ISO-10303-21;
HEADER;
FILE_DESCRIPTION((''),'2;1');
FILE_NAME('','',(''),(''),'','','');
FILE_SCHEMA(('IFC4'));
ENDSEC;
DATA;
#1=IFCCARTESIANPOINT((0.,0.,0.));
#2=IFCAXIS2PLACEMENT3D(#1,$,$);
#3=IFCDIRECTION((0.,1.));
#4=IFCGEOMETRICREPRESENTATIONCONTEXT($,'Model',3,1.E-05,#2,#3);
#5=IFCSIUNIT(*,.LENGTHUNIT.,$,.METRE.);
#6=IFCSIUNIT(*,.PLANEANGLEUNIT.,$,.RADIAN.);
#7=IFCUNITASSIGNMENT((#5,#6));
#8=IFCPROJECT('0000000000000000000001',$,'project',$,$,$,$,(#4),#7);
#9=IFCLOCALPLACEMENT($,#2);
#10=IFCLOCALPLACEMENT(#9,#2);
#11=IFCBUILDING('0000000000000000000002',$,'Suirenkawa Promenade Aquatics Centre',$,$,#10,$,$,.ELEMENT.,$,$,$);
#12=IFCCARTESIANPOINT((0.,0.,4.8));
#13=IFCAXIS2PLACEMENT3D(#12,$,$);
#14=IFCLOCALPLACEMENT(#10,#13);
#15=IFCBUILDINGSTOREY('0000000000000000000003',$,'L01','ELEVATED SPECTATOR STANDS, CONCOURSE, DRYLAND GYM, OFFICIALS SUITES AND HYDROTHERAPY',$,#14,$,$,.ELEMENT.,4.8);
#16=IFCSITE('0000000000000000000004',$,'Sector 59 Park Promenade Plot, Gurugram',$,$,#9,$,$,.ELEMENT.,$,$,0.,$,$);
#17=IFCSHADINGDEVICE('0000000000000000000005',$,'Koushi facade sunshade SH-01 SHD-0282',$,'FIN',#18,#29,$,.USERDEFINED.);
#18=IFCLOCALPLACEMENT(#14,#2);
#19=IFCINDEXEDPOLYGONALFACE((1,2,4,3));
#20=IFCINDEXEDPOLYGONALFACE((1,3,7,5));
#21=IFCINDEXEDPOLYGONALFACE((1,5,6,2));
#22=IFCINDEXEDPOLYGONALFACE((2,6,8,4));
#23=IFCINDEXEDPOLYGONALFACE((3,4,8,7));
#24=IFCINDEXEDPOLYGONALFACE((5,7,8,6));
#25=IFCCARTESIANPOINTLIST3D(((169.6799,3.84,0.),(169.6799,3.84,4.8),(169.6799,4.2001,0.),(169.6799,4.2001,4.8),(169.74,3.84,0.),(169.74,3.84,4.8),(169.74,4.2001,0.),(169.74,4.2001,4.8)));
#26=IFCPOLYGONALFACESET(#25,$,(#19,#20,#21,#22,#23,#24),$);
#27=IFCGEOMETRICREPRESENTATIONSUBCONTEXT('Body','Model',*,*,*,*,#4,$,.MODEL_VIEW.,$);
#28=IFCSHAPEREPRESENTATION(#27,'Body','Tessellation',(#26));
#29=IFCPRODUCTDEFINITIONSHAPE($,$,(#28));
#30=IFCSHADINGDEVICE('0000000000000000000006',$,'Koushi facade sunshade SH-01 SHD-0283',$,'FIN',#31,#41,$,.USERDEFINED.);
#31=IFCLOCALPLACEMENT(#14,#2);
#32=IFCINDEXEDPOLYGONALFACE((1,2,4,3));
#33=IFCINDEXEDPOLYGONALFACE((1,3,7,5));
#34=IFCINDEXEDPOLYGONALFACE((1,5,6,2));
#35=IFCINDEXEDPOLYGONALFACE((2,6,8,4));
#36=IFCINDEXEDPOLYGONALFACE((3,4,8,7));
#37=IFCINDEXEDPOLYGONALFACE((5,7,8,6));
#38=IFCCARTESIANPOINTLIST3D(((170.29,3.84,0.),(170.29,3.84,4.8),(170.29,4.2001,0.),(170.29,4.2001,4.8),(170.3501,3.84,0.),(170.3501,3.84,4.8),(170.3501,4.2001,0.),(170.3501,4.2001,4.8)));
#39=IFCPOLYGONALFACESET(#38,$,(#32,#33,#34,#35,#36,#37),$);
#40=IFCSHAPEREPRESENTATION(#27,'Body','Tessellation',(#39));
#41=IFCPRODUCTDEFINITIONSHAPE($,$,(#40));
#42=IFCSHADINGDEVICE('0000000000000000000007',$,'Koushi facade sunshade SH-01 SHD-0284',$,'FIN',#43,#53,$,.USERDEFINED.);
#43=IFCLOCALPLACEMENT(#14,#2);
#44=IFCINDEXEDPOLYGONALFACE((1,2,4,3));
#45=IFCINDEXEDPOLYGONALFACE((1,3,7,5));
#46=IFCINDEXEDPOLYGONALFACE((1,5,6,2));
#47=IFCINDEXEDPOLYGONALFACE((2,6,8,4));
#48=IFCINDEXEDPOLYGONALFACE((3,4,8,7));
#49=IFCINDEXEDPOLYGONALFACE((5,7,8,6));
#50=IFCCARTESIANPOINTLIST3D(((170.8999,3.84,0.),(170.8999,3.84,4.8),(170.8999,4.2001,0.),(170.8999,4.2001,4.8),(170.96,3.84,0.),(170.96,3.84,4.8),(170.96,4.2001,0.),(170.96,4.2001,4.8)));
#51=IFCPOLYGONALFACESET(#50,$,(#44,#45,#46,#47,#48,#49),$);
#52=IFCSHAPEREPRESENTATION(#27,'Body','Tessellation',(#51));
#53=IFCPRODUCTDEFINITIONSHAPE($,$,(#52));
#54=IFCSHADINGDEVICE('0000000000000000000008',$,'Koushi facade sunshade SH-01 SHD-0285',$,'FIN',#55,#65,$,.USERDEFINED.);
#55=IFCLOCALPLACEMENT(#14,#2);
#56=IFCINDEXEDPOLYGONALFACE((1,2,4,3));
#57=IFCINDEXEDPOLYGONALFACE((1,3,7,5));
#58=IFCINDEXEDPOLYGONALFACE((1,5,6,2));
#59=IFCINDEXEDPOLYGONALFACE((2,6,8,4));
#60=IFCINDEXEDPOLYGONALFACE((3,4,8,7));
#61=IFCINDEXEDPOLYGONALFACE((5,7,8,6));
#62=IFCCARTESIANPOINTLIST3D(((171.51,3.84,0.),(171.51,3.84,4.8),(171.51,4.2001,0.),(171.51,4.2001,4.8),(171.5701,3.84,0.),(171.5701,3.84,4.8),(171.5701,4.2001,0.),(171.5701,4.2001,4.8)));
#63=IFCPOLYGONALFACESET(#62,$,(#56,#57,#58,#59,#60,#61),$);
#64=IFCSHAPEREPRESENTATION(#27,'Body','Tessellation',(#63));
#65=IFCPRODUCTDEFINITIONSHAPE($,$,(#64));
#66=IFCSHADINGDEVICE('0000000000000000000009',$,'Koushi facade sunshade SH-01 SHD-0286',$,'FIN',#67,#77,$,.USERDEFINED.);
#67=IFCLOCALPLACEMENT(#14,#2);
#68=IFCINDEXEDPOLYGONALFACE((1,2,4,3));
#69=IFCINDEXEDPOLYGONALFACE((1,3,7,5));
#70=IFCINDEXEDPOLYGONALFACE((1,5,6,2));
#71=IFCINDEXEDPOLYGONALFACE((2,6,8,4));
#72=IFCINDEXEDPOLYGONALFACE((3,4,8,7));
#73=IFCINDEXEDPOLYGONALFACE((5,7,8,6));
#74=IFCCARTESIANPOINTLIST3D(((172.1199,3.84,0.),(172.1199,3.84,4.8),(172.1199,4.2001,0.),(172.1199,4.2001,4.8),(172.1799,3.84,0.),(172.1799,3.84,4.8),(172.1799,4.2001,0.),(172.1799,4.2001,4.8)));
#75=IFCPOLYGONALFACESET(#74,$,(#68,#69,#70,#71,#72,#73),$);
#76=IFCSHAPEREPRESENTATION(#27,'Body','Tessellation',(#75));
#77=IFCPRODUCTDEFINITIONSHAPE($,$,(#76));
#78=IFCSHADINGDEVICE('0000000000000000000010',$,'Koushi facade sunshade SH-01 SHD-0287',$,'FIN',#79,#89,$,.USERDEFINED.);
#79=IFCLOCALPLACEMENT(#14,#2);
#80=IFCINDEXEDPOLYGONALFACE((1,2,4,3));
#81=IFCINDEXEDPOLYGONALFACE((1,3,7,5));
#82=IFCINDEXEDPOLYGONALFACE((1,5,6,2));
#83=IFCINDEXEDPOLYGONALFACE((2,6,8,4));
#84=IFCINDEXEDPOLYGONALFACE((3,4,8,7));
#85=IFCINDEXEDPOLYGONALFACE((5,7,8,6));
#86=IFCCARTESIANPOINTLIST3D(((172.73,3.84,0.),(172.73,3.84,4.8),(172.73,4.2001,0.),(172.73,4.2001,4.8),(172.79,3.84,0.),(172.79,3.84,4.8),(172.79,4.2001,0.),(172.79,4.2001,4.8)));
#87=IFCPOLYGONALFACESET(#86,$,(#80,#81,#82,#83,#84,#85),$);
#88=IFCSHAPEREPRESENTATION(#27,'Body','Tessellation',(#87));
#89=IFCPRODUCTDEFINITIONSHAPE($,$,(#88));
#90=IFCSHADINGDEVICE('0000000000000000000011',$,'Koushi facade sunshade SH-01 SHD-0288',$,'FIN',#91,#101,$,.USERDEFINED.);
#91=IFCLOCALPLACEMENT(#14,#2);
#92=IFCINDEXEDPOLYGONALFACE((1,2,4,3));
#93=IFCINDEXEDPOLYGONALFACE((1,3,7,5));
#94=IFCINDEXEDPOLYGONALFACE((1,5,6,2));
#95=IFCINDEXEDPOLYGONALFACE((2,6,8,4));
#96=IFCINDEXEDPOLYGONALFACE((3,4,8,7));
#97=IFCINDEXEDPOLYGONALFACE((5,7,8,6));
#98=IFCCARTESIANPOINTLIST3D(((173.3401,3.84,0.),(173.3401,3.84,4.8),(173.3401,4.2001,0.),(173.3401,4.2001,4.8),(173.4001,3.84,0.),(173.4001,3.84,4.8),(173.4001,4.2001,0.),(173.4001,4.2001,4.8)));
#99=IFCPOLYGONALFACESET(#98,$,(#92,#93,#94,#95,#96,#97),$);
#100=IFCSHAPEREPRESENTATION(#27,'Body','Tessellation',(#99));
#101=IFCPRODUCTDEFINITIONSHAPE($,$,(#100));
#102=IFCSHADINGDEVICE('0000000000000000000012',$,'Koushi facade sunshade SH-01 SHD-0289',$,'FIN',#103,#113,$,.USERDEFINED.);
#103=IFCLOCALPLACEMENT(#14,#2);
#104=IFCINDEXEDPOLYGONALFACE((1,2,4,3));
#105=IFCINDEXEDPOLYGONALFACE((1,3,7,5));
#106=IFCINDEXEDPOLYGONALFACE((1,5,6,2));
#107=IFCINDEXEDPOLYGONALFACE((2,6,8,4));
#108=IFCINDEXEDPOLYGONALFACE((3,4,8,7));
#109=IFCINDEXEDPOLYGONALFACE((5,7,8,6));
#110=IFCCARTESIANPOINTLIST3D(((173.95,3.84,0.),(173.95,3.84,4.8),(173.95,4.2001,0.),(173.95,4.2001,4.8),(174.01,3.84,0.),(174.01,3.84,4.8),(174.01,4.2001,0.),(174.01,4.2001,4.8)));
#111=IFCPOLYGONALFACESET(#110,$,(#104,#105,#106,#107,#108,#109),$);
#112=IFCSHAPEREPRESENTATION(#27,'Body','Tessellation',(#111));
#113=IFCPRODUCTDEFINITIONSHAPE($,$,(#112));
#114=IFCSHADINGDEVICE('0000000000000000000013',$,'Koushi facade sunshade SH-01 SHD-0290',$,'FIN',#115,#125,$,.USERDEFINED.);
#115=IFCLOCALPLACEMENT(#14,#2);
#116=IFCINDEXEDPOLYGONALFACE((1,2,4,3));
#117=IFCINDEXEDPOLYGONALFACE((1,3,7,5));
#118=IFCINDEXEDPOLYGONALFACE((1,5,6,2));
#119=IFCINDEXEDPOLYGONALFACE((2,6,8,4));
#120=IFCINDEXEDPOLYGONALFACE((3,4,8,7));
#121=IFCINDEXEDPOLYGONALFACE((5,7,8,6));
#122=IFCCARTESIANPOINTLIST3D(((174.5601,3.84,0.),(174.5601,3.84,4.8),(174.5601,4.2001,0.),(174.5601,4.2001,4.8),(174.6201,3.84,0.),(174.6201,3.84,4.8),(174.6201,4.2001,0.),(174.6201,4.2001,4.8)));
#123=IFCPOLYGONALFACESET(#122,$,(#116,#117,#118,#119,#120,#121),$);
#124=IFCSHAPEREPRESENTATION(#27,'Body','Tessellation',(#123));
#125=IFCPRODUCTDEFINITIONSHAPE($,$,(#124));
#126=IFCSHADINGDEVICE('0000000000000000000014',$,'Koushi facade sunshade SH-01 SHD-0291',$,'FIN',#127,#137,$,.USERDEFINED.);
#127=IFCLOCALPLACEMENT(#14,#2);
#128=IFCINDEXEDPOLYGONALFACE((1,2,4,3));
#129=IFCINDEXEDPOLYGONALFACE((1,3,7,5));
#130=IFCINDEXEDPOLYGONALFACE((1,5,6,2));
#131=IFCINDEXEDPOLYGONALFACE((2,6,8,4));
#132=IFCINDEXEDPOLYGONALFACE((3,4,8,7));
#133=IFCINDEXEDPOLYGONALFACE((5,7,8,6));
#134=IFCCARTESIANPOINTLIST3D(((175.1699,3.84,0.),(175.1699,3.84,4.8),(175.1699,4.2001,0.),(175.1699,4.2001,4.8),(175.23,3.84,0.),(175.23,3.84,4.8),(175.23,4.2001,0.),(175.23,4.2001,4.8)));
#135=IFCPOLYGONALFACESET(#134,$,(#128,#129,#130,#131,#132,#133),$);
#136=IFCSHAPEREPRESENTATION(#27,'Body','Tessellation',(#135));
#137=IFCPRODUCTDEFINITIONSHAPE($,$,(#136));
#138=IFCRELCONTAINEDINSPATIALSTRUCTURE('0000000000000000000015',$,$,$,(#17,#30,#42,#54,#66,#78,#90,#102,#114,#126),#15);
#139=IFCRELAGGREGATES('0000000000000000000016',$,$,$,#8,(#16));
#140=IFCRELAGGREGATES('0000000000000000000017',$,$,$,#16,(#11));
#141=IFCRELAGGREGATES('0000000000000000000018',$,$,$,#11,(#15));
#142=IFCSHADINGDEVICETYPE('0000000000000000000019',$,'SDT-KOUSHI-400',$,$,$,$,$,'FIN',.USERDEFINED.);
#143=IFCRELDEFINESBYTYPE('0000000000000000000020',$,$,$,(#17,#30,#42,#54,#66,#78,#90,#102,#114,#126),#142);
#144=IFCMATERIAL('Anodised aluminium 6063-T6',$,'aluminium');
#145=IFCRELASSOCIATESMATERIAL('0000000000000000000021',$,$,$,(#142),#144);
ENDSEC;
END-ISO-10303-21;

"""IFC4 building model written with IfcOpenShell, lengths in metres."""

from ifc_helpers import new_model, si_unit, direction, frame, origin, origin_2d, place, context, subcontext, project, spatial, rectangle, extrude, material, type_object, element, save


model = new_model("IFC4")

# Units and contexts
model_context = context("Model", 3, precision=1e-05, world=origin(), true_north=direction((0.0, 1.0)))
body_context = subcontext(model_context, "Body", "Model", "MODEL_VIEW")
ifc_project = project(units=[si_unit("LENGTHUNIT", "METRE"), si_unit("PLANEANGLEUNIT", "RADIAN")], contexts=[model_context])

# Site, building, storey
site_placement = place(None, origin())
site = spatial("IfcSite", under=ifc_project, at=site_placement, Name="Sector 59 Park Promenade Plot, Gurugram", CompositionType="ELEMENT", RefElevation=0.0)
building_placement = place(site_placement, origin())
building = spatial("IfcBuilding", under=site, at=building_placement, Name="Suirenkawa Promenade Aquatics Centre", CompositionType="ELEMENT")
storey_placement = place(building_placement, frame((0.0, 0.0, 4.8)))
storey = spatial("IfcBuildingStorey", under=building, at=storey_placement, Name="L01", Description="ELEVATED SPECTATOR STANDS, CONCOURSE, DRYLAND GYM, OFFICIALS SUITES AND HYDROTHERAPY", CompositionType="ELEMENT", Elevation=4.8)

# Shading devices
ifc_material_1 = material(Name="Anodised aluminium 6063-T6", Category="aluminium")
shading_device_type = type_object("IfcShadingDeviceType", Name="SDT-KOUSHI-400", ElementType="FIN", PredefinedType="USERDEFINED", material=ifc_material_1)
for number, where, z_axis, x_axis, name in (
    (1, (169.71, 4.02, 0.0), (0.0, 0.0, 1.0), (1.0, 0.0, 0.0), "Koushi facade sunshade SH-01 SHD-0282"),
    (2, (170.3201, 4.02, 0.0), (0.0, 0.0, 1.0), (1.0, 0.0, 0.0), "Koushi facade sunshade SH-01 SHD-0283"),
    (3, (170.9299, 4.02, 0.0), (0.0, 0.0, 1.0), (1.0, 0.0, 0.0), "Koushi facade sunshade SH-01 SHD-0284"),
    (4, (171.54, 4.02, 0.0), (0.0, 0.0, 1.0), (1.0, 0.0, 0.0), "Koushi facade sunshade SH-01 SHD-0285"),
    (5, (172.1499, 4.02, 0.0), (0.0, 0.0, 1.0), (1.0, 0.0, 0.0), "Koushi facade sunshade SH-01 SHD-0286"),
    (6, (172.76, 4.02, 0.0), (0.0, 0.0, 1.0), (1.0, 0.0, 0.0), "Koushi facade sunshade SH-01 SHD-0287"),
    (7, (173.3701, 4.02, 0.0), (0.0, 0.0, 1.0), (1.0, 0.0, 0.0), "Koushi facade sunshade SH-01 SHD-0288"),
    (8, (173.98, 4.02, 0.0), (0.0, 0.0, 1.0), (1.0, 0.0, 0.0), "Koushi facade sunshade SH-01 SHD-0289"),
    (9, (174.5901, 4.02, 0.0), (0.0, 0.0, 1.0), (1.0, 0.0, 0.0), "Koushi facade sunshade SH-01 SHD-0290"),
    (10, (175.2, 4.02, 0.0), (0.0, 0.0, 1.0), (1.0, 0.0, 0.0), "Koushi facade sunshade SH-01 SHD-0291"),
):
    element("IfcShadingDevice", number, at=place(storey_placement, frame(where, z_axis=z_axis, x_axis=x_axis)), inside=storey, type_object=shading_device_type, Name=name, ObjectType="FIN", PredefinedType="USERDEFINED", context=body_context, shape_type="SweptSolid", body=[
        extrude(rectangle(XDim=0.0601, YDim=0.3601, at=origin_2d()), origin(), (0.0, 0.0, 1.0), 4.8),
    ])

save(model, "model.ifc")
